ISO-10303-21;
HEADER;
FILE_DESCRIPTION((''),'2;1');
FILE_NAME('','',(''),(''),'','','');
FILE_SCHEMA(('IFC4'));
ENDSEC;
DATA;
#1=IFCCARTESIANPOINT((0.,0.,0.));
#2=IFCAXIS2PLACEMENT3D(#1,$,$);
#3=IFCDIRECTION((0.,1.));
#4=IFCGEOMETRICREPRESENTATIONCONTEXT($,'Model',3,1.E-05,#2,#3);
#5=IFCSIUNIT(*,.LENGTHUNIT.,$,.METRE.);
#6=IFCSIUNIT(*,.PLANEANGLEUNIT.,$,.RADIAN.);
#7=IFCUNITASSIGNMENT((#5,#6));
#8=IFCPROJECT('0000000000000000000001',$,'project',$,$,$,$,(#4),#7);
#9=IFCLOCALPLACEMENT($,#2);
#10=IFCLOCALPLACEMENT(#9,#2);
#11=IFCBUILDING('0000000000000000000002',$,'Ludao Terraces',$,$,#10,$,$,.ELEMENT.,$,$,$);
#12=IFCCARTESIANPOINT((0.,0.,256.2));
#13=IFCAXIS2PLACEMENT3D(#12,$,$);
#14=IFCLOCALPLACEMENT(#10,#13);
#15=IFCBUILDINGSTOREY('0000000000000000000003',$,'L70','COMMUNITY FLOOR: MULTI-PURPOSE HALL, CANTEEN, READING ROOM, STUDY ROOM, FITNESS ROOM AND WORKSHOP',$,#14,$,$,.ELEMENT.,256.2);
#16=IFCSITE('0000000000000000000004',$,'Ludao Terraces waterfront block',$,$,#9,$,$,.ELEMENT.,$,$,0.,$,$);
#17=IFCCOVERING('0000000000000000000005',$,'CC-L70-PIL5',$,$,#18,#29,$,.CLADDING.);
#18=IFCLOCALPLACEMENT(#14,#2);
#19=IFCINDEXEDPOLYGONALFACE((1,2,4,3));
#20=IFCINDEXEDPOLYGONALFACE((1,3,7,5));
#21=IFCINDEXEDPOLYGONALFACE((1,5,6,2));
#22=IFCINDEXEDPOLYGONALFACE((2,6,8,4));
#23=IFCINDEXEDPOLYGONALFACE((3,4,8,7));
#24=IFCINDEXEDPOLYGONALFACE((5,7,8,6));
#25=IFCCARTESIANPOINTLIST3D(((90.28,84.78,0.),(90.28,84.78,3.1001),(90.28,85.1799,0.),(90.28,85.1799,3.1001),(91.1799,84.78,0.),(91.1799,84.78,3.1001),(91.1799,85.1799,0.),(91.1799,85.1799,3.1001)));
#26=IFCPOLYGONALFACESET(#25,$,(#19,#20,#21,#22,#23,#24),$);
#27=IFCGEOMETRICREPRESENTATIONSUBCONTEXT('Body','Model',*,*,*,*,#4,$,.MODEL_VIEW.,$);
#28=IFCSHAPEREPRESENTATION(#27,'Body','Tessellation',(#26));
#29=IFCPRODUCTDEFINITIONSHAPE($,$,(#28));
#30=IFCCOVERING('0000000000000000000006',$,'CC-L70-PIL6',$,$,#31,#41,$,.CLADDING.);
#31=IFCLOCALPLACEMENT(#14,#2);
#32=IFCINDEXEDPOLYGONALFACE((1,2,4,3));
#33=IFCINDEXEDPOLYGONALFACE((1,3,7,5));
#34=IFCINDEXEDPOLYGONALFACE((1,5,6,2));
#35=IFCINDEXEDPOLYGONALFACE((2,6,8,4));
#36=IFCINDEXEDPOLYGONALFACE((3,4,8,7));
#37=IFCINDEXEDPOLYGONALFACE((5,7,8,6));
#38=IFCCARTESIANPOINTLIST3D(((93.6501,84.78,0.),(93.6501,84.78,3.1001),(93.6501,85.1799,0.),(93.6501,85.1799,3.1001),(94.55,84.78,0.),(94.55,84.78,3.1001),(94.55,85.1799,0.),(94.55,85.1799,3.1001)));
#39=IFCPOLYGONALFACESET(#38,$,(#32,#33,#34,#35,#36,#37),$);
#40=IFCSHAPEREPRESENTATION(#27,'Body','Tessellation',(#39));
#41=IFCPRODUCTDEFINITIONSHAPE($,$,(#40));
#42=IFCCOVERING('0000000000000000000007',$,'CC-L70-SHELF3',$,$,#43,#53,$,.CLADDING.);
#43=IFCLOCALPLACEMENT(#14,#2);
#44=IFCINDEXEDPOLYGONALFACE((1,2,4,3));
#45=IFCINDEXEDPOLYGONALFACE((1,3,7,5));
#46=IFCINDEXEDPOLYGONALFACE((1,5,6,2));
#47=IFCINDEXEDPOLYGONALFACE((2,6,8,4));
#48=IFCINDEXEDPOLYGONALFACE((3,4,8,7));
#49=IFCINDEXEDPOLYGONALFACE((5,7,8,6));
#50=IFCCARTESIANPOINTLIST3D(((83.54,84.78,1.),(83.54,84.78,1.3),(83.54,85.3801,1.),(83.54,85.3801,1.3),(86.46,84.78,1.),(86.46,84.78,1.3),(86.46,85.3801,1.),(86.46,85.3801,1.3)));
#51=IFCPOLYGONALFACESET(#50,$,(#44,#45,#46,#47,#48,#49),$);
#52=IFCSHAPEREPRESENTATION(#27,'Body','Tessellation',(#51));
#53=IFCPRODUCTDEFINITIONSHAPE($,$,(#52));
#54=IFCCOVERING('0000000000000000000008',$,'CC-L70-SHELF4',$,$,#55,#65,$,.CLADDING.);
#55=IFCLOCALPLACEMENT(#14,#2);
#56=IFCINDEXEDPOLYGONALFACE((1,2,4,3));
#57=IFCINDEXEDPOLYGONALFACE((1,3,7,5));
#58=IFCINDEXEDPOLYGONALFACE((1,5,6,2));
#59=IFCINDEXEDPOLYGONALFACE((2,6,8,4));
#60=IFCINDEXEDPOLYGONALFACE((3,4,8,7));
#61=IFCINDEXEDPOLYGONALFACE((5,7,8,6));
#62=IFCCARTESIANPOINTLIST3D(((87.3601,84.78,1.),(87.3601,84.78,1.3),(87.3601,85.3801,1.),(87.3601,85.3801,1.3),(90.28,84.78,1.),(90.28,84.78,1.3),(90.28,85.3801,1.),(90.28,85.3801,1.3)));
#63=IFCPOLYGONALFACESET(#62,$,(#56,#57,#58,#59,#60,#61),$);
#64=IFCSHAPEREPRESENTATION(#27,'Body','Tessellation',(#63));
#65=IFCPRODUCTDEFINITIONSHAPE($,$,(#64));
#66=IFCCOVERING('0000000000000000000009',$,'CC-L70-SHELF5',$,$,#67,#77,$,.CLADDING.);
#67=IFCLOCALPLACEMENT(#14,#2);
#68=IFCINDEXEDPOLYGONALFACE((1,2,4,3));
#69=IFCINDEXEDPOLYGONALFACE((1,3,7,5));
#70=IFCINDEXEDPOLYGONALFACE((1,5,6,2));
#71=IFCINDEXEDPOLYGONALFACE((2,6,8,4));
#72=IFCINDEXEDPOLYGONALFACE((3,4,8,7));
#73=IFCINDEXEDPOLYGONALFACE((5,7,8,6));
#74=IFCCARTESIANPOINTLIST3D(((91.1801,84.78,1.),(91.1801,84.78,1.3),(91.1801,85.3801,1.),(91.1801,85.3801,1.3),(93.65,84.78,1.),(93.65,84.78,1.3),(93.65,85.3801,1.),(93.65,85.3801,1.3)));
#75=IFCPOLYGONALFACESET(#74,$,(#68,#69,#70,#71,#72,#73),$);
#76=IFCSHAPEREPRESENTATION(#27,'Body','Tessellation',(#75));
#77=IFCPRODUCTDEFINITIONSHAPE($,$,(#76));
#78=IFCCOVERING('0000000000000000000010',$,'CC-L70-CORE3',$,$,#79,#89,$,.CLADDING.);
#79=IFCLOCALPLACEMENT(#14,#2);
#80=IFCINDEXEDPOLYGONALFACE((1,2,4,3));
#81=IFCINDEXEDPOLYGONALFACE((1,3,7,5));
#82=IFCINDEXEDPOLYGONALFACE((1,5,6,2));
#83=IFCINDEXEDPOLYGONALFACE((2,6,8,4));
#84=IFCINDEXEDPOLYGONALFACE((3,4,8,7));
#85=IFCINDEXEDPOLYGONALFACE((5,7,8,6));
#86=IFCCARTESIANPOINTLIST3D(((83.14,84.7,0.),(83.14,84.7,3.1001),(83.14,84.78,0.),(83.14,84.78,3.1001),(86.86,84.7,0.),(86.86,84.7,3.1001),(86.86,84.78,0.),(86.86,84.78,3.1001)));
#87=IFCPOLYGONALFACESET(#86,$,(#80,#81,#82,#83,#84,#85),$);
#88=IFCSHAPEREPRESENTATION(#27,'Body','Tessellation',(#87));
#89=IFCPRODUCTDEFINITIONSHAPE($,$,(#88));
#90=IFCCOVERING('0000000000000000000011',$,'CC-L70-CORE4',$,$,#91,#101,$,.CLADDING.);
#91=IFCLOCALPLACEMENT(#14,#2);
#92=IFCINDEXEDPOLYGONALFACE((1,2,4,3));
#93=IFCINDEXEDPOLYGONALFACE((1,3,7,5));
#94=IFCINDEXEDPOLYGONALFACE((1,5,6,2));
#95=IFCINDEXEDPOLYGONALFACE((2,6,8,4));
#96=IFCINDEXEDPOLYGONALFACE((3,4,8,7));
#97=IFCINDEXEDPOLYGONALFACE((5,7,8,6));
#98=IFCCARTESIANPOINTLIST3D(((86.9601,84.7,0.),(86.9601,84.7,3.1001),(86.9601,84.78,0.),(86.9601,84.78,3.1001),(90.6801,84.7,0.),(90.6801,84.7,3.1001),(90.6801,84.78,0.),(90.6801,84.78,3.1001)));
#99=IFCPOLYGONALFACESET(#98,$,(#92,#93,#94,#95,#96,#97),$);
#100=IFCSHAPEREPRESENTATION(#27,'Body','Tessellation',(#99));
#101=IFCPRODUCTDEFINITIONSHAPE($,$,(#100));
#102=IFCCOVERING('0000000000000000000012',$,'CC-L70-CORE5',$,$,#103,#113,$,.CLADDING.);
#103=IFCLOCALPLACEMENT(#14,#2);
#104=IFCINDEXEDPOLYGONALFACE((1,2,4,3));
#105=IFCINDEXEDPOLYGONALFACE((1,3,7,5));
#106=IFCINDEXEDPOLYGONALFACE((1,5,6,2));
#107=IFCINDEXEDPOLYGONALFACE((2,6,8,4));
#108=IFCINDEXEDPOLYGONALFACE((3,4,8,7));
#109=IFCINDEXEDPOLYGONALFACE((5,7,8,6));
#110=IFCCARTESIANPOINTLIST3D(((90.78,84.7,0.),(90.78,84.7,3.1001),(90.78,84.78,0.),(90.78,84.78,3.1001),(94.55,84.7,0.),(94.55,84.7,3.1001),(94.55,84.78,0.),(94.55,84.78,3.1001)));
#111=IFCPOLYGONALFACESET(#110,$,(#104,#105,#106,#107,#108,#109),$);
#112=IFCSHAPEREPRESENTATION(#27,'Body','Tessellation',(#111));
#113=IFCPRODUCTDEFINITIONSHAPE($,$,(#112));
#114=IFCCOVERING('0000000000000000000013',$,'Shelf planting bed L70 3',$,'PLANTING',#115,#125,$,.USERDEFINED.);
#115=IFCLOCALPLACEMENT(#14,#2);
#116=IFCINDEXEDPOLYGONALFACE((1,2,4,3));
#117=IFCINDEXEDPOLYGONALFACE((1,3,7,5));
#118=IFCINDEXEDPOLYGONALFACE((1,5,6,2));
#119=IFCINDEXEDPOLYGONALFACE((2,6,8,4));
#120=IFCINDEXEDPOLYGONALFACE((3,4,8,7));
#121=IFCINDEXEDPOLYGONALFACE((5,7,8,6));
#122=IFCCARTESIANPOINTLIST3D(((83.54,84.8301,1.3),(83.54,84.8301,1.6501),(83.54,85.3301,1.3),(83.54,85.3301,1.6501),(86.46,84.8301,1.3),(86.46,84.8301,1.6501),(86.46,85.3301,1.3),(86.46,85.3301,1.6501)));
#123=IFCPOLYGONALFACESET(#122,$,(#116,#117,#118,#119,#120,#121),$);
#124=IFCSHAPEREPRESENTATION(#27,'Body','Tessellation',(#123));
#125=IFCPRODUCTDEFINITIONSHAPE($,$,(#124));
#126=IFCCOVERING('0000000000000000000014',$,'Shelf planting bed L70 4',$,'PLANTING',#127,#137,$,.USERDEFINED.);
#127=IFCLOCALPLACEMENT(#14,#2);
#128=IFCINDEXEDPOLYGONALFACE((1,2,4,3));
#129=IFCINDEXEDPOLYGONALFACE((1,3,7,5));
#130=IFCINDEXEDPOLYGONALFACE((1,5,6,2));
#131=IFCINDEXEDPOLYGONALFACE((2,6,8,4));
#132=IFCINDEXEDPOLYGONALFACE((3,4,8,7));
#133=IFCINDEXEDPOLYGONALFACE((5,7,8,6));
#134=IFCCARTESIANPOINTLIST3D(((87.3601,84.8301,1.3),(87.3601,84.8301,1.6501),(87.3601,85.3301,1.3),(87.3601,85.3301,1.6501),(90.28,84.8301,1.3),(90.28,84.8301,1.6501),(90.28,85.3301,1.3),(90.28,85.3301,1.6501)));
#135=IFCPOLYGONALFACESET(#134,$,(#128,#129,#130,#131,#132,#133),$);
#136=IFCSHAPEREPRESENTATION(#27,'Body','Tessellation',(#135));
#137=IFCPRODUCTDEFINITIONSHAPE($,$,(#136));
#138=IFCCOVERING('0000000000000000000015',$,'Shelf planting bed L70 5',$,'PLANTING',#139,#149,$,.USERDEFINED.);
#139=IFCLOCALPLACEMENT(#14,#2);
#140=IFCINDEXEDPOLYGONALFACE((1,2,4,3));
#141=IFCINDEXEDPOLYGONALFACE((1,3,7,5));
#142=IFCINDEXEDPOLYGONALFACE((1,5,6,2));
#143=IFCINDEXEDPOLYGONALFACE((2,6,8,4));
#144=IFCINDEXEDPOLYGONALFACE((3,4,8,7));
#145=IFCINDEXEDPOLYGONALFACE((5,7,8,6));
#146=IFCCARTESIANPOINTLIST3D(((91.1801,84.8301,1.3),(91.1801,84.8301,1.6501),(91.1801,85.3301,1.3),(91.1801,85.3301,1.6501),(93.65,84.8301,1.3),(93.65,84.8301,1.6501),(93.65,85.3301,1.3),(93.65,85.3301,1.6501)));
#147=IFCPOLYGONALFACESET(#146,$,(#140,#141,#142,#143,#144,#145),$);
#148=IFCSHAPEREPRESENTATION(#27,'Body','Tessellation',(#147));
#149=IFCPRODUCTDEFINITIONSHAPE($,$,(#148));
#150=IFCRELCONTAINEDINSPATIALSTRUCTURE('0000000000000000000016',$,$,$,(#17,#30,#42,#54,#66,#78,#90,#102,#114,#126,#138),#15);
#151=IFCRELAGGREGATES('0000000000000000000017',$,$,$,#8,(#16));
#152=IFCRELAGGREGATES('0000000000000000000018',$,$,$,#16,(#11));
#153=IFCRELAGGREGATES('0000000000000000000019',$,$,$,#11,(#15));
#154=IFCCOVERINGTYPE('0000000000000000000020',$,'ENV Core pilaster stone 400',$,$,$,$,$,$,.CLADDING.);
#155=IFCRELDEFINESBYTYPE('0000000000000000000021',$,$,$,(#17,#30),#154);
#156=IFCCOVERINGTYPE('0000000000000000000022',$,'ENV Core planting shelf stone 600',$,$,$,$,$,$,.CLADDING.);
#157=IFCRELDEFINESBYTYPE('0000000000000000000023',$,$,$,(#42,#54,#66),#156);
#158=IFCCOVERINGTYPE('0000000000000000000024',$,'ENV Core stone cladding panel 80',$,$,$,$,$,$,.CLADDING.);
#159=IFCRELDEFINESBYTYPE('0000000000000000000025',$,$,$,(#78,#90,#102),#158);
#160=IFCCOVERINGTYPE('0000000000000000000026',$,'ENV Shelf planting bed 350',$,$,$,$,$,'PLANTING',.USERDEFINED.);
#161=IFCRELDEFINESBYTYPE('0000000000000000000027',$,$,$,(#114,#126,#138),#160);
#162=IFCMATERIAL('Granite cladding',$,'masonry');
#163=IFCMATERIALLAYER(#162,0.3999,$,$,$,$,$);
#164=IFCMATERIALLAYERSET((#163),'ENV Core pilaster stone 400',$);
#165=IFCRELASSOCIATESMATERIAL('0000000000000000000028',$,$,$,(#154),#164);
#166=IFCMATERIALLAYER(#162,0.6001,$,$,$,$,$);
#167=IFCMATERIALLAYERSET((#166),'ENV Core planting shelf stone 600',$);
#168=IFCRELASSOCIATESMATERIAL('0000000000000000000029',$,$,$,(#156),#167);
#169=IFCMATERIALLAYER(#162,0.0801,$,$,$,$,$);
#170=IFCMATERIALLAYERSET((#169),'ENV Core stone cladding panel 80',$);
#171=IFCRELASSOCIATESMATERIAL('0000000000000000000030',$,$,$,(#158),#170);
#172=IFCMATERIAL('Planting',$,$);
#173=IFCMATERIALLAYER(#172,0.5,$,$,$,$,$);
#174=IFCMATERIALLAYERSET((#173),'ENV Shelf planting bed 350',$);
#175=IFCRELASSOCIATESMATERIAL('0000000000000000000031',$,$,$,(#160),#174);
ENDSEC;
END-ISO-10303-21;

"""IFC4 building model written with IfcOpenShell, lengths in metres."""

from ifc_helpers import new_model, si_unit, direction, frame, origin, origin_2d, place, context, subcontext, project, spatial, rectangle, extrude, material, layer, layer_set, type_object, element, save


model = new_model("IFC4")

# Units and contexts
model_context = context("Model", 3, precision=1e-05, world=origin(), true_north=direction((0.0, 1.0)))
body_context = subcontext(model_context, "Body", "Model", "MODEL_VIEW")
ifc_project = project(units=[si_unit("LENGTHUNIT", "METRE"), si_unit("PLANEANGLEUNIT", "RADIAN")], contexts=[model_context])

# Site, building, storey
site_placement = place(None, origin())
site = spatial("IfcSite", under=ifc_project, at=site_placement, Name="Ludao Terraces waterfront block", CompositionType="ELEMENT", RefElevation=0.0)
building_placement = place(site_placement, origin())
building = spatial("IfcBuilding", under=site, at=building_placement, Name="Ludao Terraces", CompositionType="ELEMENT")
storey_placement = place(building_placement, frame((0.0, 0.0, 256.2)))
storey = spatial("IfcBuildingStorey", under=building, at=storey_placement, Name="L70", Description="COMMUNITY FLOOR: MULTI-PURPOSE HALL, CANTEEN, READING ROOM, STUDY ROOM, FITNESS ROOM AND WORKSHOP", CompositionType="ELEMENT", Elevation=256.2)

# Coverings
ifc_material_1 = material(Name="Granite cladding", Category="masonry")
ifc_layer_1 = layer(ifc_material_1, 0.3999)
ifc_layer_set_1 = layer_set([ifc_layer_1], Name="ENV Core pilaster stone 400")
covering_type_1 = type_object("IfcCoveringType", Name="ENV Core pilaster stone 400", PredefinedType="CLADDING", material=ifc_layer_set_1)
for number, where, z_axis, x_axis, name in (
    (1, (90.73, 84.98, 0.0), (0.0, 0.0, 1.0), (1.0, 0.0, 0.0), "CC-L70-PIL5"),
    (2, (94.1001, 84.98, 0.0), (0.0, 0.0, 1.0), (1.0, 0.0, 0.0), "CC-L70-PIL6"),
):
    element("IfcCovering", number, at=place(storey_placement, frame(where, z_axis=z_axis, x_axis=x_axis)), inside=storey, type_object=covering_type_1, Name=name, PredefinedType="CLADDING", context=body_context, shape_type="SweptSolid", body=[
        extrude(rectangle(XDim=0.8999, YDim=0.3999, at=origin_2d()), origin(), (0.0, 0.0, 1.0), 3.1001),
    ])
ifc_layer_2 = layer(ifc_material_1, 0.6001)
ifc_layer_set_2 = layer_set([ifc_layer_2], Name="ENV Core planting shelf stone 600")
covering_type_2 = type_object("IfcCoveringType", Name="ENV Core planting shelf stone 600", PredefinedType="CLADDING", material=ifc_layer_set_2)
for number, where, z_axis, x_axis, name in (
    (3, (85.0, 85.0801, 1.0), (0.0, 0.0, 1.0), (1.0, 0.0, 0.0), "CC-L70-SHELF3"),
    (4, (88.8201, 85.0801, 1.0), (0.0, 0.0, 1.0), (1.0, 0.0, 0.0), "CC-L70-SHELF4"),
):
    element("IfcCovering", number, at=place(storey_placement, frame(where, z_axis=z_axis, x_axis=x_axis)), inside=storey, type_object=covering_type_2, Name=name, PredefinedType="CLADDING", context=body_context, shape_type="SweptSolid", body=[
        extrude(rectangle(XDim=2.9199, YDim=0.6001, at=origin_2d()), origin(), (0.0, 0.0, 1.0), 0.3),
    ])
covering_1_placement = place(storey_placement, frame((92.415, 85.0801, 1.0), z_axis=(0.0, 0.0, 1.0), x_axis=(1.0, 0.0, 0.0)))
element("IfcCovering", 5, at=covering_1_placement, inside=storey, type_object=covering_type_2, Name="CC-L70-SHELF5", PredefinedType="CLADDING", context=body_context, shape_type="SweptSolid", body=[
    extrude(rectangle(XDim=2.47, YDim=0.6001, at=origin_2d()), origin(), (0.0, 0.0, 1.0), 0.3),
])
ifc_layer_3 = layer(ifc_material_1, 0.0801)
ifc_layer_set_3 = layer_set([ifc_layer_3], Name="ENV Core stone cladding panel 80")
covering_type_3 = type_object("IfcCoveringType", Name="ENV Core stone cladding panel 80", PredefinedType="CLADDING", material=ifc_layer_set_3)
for number, where, z_axis, x_axis, name in (
    (6, (85.0, 84.74, 0.0), (0.0, 0.0, 1.0), (1.0, 0.0, 0.0), "CC-L70-CORE3"),
    (7, (88.8201, 84.74, 0.0), (0.0, 0.0, 1.0), (1.0, 0.0, 0.0), "CC-L70-CORE4"),
):
    element("IfcCovering", number, at=place(storey_placement, frame(where, z_axis=z_axis, x_axis=x_axis)), inside=storey, type_object=covering_type_3, Name=name, PredefinedType="CLADDING", context=body_context, shape_type="SweptSolid", body=[
        extrude(rectangle(XDim=3.72, YDim=0.0801, at=origin_2d()), origin(), (0.0, 0.0, 1.0), 3.1001),
    ])
covering_2_placement = place(storey_placement, frame((92.665, 84.74, 0.0), z_axis=(0.0, 0.0, 1.0), x_axis=(1.0, 0.0, 0.0)))
element("IfcCovering", 8, at=covering_2_placement, inside=storey, type_object=covering_type_3, Name="CC-L70-CORE5", PredefinedType="CLADDING", context=body_context, shape_type="SweptSolid", body=[
    extrude(rectangle(XDim=3.77, YDim=0.0801, at=origin_2d()), origin(), (0.0, 0.0, 1.0), 3.1001),
])
ifc_material_2 = material(Name="Planting")
ifc_layer_4 = layer(ifc_material_2, 0.5)
ifc_layer_set_4 = layer_set([ifc_layer_4], Name="ENV Shelf planting bed 350")
covering_type_4 = type_object("IfcCoveringType", Name="ENV Shelf planting bed 350", ElementType="PLANTING", PredefinedType="USERDEFINED", material=ifc_layer_set_4)
for number, where, z_axis, x_axis, name in (
    (9, (85.0, 85.0801, 1.3), (0.0, 0.0, 1.0), (1.0, 0.0, 0.0), "Shelf planting bed L70 3"),
    (10, (88.8201, 85.0801, 1.3), (0.0, 0.0, 1.0), (1.0, 0.0, 0.0), "Shelf planting bed L70 4"),
):
    element("IfcCovering", number, at=place(storey_placement, frame(where, z_axis=z_axis, x_axis=x_axis)), inside=storey, type_object=covering_type_4, Name=name, ObjectType="PLANTING", PredefinedType="USERDEFINED", context=body_context, shape_type="SweptSolid", body=[
        extrude(rectangle(XDim=2.9199, YDim=0.5, at=origin_2d()), origin(), (0.0, 0.0, 1.0), 0.3501),
    ])
covering_3_placement = place(storey_placement, frame((92.415, 85.0801, 1.3), z_axis=(0.0, 0.0, 1.0), x_axis=(1.0, 0.0, 0.0)))
element("IfcCovering", 11, at=covering_3_placement, inside=storey, type_object=covering_type_4, Name="Shelf planting bed L70 5", ObjectType="PLANTING", PredefinedType="USERDEFINED", context=body_context, shape_type="SweptSolid", body=[
    extrude(rectangle(XDim=2.47, YDim=0.5, at=origin_2d()), origin(), (0.0, 0.0, 1.0), 0.3501),
])

save(model, "model.ifc")
